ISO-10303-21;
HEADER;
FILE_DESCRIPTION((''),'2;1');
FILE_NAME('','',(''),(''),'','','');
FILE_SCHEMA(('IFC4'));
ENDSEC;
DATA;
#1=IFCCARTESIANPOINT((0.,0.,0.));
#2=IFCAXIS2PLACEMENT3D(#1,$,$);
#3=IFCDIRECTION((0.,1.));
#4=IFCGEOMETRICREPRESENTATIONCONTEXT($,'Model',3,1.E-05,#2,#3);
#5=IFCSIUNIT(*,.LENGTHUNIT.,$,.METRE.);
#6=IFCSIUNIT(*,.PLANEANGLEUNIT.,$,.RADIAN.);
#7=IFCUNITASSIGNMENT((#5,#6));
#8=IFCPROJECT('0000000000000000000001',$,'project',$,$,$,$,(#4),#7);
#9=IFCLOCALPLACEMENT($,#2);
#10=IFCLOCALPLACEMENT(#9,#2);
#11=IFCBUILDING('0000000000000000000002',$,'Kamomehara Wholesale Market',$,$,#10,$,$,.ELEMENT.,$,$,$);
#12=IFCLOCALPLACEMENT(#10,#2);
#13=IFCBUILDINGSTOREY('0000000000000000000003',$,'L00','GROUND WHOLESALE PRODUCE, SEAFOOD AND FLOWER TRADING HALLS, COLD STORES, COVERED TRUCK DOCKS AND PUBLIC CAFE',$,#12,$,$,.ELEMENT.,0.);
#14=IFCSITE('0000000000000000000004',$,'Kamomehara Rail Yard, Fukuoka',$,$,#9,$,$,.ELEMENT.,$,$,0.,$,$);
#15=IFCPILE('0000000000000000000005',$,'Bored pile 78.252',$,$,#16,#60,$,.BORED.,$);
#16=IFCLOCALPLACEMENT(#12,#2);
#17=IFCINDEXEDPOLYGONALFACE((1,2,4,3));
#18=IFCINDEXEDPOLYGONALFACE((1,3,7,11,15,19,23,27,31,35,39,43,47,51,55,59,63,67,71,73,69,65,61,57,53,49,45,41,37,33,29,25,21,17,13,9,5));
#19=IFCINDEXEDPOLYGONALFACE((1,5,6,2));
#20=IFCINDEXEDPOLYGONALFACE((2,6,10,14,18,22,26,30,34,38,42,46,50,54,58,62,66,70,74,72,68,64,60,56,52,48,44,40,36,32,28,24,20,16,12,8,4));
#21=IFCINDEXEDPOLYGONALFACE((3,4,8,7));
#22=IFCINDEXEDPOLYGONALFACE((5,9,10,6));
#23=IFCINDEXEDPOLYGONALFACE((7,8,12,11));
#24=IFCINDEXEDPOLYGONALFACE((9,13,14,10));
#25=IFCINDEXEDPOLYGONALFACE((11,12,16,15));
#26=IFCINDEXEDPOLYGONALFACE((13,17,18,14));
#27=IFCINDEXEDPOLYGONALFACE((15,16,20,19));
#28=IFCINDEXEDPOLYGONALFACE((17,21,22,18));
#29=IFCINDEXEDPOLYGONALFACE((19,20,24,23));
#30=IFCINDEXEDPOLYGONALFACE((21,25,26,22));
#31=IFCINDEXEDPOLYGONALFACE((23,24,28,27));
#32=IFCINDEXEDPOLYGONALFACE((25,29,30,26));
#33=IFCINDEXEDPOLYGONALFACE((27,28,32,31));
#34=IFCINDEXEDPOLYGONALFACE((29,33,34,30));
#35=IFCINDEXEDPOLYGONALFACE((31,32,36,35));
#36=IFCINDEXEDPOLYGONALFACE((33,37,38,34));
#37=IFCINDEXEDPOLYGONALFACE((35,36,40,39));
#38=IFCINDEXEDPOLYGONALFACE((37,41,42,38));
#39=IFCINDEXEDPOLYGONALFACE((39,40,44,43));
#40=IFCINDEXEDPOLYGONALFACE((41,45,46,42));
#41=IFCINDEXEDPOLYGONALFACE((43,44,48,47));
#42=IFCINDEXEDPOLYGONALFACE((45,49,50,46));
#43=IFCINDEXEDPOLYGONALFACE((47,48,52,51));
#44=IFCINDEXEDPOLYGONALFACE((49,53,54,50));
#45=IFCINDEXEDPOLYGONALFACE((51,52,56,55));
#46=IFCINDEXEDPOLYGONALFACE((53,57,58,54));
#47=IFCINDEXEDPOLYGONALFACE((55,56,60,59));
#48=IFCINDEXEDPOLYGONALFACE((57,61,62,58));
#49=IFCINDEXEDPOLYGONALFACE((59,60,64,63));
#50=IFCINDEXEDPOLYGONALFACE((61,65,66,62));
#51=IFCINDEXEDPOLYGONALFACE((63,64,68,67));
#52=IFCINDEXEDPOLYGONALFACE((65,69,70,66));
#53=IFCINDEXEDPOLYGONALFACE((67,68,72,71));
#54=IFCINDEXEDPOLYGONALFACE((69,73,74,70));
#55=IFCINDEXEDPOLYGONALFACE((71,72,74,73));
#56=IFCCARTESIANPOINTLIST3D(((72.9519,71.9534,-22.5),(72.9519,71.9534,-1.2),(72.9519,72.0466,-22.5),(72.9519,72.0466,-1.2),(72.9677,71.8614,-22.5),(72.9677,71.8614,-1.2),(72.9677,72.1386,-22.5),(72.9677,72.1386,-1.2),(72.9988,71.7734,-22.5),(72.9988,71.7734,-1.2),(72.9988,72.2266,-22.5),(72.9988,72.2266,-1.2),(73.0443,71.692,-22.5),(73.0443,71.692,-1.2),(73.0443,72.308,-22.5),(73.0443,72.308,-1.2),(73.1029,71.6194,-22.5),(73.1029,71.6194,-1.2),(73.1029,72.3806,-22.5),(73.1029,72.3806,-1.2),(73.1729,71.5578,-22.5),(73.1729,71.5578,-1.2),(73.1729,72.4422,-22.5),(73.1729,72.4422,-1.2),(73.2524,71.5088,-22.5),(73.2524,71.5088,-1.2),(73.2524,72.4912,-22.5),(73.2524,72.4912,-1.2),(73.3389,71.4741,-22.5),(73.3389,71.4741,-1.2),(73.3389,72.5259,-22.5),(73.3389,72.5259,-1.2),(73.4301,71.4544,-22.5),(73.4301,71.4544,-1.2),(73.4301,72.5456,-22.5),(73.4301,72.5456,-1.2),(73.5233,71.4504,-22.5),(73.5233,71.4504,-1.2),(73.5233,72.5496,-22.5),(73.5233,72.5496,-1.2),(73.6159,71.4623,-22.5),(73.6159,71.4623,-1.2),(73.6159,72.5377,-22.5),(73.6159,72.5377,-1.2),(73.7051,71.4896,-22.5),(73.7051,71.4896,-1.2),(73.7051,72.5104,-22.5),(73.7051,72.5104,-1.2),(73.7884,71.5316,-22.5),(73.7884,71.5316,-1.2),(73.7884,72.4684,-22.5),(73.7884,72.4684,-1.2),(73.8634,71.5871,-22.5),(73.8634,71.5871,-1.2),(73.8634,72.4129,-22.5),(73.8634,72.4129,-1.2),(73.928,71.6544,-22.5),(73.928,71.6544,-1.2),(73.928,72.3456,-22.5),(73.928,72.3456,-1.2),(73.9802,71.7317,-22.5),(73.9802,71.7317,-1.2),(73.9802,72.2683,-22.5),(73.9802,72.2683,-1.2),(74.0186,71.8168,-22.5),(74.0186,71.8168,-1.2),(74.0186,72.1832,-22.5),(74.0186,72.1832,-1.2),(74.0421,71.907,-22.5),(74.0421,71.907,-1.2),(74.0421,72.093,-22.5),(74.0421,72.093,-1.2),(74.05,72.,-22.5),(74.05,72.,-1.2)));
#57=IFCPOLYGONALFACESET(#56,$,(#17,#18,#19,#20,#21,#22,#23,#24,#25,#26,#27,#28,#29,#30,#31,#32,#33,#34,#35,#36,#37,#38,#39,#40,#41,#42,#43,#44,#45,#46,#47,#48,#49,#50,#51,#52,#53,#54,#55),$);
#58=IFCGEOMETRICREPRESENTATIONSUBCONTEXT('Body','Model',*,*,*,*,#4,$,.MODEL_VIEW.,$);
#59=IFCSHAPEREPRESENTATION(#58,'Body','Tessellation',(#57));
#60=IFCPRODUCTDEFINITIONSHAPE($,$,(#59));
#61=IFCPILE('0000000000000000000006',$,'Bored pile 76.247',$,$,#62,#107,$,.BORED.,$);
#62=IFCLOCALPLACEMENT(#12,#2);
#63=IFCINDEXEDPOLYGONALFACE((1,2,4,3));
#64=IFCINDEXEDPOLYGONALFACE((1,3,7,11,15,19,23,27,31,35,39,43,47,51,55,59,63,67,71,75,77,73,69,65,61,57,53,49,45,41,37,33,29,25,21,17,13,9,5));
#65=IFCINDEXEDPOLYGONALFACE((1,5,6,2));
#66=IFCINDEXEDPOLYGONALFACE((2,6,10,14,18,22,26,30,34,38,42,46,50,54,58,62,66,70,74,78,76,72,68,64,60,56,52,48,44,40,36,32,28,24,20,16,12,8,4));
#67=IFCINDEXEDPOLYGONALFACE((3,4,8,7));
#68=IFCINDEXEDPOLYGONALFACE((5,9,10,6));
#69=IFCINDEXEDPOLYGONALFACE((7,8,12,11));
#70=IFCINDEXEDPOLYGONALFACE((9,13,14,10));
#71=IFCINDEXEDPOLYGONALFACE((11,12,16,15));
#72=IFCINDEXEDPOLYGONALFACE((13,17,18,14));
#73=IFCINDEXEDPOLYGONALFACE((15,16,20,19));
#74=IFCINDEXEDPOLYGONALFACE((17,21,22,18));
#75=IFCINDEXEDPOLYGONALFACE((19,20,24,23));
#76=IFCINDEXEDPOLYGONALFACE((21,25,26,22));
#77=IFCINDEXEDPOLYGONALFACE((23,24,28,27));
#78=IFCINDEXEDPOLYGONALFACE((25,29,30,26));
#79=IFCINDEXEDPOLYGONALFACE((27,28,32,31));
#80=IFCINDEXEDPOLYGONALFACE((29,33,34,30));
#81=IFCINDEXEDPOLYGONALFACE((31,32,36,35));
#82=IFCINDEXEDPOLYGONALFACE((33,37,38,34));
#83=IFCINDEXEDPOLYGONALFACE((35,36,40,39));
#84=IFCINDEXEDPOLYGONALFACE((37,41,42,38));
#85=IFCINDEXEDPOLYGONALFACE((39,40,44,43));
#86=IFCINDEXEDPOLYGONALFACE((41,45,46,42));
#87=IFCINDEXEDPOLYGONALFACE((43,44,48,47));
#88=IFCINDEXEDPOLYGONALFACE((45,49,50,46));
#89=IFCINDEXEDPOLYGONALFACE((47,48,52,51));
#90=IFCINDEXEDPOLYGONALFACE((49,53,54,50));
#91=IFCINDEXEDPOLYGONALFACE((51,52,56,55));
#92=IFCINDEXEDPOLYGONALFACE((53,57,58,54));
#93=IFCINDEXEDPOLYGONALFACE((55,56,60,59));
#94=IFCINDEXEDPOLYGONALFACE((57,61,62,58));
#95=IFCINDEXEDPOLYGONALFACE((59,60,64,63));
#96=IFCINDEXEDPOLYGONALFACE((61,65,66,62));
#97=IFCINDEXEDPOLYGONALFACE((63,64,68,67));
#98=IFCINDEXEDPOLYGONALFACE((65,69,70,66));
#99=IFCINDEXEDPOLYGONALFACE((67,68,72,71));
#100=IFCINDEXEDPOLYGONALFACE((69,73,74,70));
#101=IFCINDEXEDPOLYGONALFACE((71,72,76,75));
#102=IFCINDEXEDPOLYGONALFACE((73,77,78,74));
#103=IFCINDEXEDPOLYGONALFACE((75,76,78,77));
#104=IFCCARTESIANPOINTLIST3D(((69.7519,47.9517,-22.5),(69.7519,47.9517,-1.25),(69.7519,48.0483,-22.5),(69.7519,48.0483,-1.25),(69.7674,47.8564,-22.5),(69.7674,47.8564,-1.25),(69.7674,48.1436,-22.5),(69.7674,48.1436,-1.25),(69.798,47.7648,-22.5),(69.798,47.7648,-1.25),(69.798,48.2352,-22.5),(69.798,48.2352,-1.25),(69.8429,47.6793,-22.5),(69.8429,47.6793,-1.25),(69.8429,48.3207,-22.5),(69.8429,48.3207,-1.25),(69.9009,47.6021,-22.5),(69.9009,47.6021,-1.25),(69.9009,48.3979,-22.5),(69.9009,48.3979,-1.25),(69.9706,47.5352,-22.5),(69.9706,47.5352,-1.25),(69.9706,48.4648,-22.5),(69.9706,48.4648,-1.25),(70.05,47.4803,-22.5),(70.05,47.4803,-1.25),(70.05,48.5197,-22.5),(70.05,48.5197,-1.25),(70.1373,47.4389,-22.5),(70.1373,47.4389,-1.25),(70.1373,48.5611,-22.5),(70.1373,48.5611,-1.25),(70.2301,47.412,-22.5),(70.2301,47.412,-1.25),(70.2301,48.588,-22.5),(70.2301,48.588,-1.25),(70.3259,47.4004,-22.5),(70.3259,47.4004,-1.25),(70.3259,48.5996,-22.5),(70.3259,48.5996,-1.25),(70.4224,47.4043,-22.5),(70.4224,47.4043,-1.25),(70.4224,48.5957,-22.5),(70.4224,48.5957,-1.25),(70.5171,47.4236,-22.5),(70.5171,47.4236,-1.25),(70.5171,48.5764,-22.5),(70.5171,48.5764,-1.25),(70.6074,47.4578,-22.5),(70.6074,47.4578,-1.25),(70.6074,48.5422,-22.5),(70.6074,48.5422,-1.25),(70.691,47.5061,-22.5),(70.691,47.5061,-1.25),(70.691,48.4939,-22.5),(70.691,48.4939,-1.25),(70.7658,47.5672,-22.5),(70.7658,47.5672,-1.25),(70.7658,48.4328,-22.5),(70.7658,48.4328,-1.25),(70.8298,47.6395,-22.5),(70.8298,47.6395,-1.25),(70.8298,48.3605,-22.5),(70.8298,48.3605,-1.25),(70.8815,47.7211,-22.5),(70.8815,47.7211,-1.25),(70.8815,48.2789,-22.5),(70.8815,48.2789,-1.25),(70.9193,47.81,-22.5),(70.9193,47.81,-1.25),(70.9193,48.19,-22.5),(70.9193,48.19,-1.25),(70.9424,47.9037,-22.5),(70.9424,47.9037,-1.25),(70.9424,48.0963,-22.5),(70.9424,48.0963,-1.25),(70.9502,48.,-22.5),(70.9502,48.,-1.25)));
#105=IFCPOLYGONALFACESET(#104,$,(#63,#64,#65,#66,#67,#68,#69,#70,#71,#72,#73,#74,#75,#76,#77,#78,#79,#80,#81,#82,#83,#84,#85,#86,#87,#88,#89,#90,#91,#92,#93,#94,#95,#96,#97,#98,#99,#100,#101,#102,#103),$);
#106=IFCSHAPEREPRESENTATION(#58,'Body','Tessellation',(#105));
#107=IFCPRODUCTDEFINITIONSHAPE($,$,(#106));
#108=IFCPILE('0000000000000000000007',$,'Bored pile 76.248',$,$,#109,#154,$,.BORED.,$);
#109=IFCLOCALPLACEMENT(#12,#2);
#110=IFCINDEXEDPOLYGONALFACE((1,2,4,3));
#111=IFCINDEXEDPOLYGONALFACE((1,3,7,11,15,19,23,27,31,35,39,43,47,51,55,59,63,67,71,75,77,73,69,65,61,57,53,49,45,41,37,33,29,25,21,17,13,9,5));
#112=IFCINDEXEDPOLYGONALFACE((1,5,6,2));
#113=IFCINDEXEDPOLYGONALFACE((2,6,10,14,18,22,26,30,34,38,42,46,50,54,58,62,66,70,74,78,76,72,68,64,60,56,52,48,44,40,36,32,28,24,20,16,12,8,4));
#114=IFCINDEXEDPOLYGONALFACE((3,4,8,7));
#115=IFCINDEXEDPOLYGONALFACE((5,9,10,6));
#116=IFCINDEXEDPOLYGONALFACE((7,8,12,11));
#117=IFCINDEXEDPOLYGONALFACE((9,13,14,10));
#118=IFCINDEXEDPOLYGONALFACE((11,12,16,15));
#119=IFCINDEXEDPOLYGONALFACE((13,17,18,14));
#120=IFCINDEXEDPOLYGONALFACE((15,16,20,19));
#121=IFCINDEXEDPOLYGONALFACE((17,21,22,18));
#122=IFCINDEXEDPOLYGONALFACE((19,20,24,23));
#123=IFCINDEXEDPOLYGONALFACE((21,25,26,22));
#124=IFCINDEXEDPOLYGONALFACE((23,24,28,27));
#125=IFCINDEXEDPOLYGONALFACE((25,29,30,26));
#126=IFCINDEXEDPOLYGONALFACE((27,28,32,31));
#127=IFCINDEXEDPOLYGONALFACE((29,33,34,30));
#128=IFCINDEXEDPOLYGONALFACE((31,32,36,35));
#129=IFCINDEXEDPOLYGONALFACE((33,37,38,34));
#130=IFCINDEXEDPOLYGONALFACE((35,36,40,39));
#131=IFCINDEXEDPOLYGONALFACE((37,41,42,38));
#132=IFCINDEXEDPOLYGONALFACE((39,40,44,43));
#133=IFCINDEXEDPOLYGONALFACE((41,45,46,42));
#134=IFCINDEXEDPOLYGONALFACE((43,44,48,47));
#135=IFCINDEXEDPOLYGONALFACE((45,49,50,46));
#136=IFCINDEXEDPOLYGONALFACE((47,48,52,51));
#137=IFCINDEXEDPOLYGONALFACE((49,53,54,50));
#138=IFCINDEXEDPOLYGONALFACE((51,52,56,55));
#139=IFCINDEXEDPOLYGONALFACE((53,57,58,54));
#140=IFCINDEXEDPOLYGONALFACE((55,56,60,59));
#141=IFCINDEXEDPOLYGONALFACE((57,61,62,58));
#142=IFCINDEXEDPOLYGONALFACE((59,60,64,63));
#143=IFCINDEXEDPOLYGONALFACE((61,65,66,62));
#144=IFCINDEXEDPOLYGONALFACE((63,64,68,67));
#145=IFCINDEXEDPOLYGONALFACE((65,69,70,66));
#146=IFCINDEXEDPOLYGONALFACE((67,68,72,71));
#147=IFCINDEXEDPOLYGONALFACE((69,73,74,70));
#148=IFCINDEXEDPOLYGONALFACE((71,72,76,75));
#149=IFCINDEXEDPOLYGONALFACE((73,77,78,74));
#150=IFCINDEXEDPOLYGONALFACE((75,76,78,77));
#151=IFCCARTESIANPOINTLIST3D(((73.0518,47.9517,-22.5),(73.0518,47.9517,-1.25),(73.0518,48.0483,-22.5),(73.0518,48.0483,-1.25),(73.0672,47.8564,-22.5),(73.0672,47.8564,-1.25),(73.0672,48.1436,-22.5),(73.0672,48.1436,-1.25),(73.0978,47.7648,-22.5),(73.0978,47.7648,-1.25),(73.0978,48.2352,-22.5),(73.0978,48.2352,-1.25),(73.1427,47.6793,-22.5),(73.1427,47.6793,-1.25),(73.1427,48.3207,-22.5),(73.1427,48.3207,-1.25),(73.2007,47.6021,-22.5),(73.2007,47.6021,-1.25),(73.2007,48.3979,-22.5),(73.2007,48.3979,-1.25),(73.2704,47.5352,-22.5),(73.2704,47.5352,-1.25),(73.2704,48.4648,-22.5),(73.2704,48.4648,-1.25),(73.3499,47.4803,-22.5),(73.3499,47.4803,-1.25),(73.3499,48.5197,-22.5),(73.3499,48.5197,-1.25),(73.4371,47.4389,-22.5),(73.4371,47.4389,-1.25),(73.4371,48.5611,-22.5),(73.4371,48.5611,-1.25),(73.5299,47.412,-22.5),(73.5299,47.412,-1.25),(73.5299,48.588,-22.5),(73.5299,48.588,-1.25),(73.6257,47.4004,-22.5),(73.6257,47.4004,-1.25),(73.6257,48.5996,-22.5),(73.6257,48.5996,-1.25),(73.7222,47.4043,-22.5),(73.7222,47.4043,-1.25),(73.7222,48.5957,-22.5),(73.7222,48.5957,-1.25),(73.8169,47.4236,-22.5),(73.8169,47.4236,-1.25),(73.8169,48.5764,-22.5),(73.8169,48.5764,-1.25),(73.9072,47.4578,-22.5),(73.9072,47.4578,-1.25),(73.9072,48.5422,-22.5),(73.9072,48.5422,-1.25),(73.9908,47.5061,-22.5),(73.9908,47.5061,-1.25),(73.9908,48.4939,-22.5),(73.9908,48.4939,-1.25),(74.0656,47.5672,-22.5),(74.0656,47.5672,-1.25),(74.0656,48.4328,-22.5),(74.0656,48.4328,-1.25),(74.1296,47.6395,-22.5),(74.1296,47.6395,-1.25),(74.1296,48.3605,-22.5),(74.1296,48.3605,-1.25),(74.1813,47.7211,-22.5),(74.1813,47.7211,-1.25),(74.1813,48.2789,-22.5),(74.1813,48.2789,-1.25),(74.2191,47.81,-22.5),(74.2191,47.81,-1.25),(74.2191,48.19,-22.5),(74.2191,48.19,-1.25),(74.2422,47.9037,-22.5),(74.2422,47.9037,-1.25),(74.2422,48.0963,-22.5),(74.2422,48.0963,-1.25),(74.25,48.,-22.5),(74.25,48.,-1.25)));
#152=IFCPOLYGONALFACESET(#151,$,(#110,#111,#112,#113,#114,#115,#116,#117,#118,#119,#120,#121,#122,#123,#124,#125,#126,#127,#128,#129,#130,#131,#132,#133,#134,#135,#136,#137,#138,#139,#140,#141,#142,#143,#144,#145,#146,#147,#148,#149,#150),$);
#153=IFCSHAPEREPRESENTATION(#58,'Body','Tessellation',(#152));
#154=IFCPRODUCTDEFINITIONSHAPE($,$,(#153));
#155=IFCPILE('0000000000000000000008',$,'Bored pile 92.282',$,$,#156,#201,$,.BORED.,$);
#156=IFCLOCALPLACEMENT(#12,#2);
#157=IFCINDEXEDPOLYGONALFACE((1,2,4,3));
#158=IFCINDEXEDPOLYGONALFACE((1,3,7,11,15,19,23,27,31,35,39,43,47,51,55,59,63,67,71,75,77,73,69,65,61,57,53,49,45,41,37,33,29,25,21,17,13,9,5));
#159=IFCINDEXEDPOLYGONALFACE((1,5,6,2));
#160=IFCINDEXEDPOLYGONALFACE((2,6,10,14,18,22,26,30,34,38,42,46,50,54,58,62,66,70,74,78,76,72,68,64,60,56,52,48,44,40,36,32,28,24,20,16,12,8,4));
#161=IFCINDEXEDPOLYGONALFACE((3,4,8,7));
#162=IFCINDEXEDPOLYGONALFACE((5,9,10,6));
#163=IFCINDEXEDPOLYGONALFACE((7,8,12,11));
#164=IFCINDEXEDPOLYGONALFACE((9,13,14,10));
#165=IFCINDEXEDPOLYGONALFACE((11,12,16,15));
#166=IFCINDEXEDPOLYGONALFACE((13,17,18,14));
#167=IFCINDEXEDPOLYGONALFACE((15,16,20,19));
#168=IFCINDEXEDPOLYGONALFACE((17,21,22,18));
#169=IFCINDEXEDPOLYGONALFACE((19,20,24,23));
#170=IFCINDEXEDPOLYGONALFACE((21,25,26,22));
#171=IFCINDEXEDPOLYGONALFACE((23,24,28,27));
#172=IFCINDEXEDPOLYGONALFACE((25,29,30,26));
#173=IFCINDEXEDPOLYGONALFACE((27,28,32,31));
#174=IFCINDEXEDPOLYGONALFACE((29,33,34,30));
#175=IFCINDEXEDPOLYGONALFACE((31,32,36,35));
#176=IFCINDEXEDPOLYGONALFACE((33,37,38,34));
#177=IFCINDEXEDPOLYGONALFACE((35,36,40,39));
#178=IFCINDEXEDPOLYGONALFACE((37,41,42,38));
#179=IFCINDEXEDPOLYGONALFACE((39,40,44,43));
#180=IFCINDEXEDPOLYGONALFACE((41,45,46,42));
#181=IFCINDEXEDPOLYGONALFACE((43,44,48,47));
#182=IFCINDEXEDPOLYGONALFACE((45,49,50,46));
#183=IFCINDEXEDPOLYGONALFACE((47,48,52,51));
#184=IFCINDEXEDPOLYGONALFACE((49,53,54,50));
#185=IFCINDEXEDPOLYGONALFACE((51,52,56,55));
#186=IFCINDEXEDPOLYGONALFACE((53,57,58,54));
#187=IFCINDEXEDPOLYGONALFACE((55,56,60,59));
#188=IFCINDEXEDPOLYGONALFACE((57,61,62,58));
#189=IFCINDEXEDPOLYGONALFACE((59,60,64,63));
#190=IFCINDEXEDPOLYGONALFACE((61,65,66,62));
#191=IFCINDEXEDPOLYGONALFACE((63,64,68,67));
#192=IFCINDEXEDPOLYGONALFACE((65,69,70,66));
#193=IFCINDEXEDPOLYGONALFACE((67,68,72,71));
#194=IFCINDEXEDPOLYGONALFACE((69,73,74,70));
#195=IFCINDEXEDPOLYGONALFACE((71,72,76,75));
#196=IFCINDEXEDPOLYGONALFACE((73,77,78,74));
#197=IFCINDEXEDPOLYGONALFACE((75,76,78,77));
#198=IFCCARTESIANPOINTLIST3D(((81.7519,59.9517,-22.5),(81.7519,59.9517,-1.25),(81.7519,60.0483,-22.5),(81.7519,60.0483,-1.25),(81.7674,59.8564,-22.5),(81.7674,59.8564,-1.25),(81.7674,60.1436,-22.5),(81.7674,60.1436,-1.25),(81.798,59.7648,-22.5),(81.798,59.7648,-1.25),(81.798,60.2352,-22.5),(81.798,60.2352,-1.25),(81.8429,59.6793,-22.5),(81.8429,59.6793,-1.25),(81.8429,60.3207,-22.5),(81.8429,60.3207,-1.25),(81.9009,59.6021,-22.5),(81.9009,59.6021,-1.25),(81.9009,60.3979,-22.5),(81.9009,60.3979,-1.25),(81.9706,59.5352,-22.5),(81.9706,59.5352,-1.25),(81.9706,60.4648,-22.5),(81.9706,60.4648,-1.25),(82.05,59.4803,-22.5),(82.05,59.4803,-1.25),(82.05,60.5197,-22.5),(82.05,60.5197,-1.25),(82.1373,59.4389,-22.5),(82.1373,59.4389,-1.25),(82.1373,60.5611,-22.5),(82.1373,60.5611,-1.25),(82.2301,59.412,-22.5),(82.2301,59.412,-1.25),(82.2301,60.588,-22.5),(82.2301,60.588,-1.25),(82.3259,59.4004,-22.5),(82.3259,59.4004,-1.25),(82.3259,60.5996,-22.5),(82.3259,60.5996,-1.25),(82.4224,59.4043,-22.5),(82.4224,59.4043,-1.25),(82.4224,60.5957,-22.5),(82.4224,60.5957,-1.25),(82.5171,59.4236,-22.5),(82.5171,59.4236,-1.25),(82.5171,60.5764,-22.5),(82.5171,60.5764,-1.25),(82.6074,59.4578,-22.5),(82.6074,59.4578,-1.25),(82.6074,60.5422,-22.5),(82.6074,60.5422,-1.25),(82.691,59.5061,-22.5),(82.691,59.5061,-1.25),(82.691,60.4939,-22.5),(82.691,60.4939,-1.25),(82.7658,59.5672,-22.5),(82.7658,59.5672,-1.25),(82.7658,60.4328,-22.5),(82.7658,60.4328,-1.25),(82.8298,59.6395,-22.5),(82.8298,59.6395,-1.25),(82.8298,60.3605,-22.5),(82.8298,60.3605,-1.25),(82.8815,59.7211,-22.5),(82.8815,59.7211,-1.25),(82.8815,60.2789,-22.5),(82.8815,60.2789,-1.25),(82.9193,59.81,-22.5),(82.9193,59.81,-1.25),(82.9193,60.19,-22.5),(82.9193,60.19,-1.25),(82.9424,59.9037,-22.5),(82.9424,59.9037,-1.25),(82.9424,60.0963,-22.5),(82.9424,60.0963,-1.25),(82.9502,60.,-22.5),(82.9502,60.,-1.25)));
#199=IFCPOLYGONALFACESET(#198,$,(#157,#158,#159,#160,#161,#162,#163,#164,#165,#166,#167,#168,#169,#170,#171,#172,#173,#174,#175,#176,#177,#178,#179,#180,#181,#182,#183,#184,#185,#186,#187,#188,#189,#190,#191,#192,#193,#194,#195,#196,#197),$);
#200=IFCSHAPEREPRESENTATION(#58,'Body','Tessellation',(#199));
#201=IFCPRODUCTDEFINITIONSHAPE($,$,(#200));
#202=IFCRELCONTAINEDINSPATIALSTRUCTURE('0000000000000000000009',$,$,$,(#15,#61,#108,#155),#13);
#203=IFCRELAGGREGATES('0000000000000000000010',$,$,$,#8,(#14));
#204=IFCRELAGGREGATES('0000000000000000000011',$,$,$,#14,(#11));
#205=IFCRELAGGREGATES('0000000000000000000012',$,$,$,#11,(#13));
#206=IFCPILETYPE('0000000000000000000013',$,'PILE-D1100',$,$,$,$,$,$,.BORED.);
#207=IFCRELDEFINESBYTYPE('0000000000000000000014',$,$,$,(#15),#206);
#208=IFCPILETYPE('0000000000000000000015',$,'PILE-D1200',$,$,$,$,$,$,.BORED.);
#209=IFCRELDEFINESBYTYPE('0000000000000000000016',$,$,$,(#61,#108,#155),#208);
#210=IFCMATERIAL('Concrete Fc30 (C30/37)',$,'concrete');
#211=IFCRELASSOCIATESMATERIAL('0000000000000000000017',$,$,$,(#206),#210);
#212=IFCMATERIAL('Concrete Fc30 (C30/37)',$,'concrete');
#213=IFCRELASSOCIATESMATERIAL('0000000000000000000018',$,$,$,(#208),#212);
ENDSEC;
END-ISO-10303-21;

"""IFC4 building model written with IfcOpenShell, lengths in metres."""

from ifc_helpers import new_model, si_unit, direction, frame, origin, origin_2d, place, context, subcontext, project, spatial, circle, extrude, material, material_profile, profile_set, type_object, element, save


model = new_model("IFC4")

# Units and contexts
model_context = context("Model", 3, precision=1e-05, world=origin(), true_north=direction((0.0, 1.0)))
body_context = subcontext(model_context, "Body", "Model", "MODEL_VIEW")
ifc_project = project(units=[si_unit("LENGTHUNIT", "METRE"), si_unit("PLANEANGLEUNIT", "RADIAN")], contexts=[model_context])

# Site, building, storey
site_placement = place(None, origin())
site = spatial("IfcSite", under=ifc_project, at=site_placement, Name="Kamomehara Rail Yard, Fukuoka", CompositionType="ELEMENT", RefElevation=0.0)
building_placement = place(site_placement, origin())
building = spatial("IfcBuilding", under=site, at=building_placement, Name="Kamomehara Wholesale Market", CompositionType="ELEMENT")
storey_placement = place(building_placement, origin())
storey = spatial("IfcBuildingStorey", under=building, at=storey_placement, Name="L00", Description="GROUND WHOLESALE PRODUCE, SEAFOOD AND FLOWER TRADING HALLS, COLD STORES, COVERED TRUCK DOCKS AND PUBLIC CAFE", CompositionType="ELEMENT", Elevation=0.0)

# Piles
ifc_material_1 = material(Name="Concrete Fc30 (C30/37)", Category="concrete")
ifc_material_profile_1 = material_profile(ifc_material_1, circle(Radius=0.55, at=origin_2d()), Name="RC-PILE-D1100")
ifc_profile_set_1 = profile_set([ifc_material_profile_1], Name="Concrete Fc30 (C30/37)")
pile_type_1 = type_object("IfcPileType", Name="PILE-D1100", PredefinedType="BORED", material=ifc_profile_set_1)
for number, where, z_axis, x_axis, name in (
    (1, (73.5, 72.0, -1.2), (0.0, 0.0, -1.0), (1.0, 0.0, 0.0), "Bored pile 78.252"),
):
    element("IfcPile", number, at=place(storey_placement, frame(where, z_axis=z_axis, x_axis=x_axis)), inside=storey, type_object=pile_type_1, Name=name, PredefinedType="BORED", context=body_context, shape_type="SweptSolid", body=[
        extrude(circle(Radius=0.55, at=origin_2d()), origin(), (0.0, 0.0, 1.0), 21.3),
    ])
ifc_material_2 = material(Name="Concrete Fc30 (C30/37)", Category="concrete")
ifc_material_profile_2 = material_profile(ifc_material_2, circle(Radius=0.6001, at=origin_2d()), Name="RC-PILE-D1200")
ifc_profile_set_2 = profile_set([ifc_material_profile_2], Name="Concrete Fc30 (C30/37)")
pile_type_2 = type_object("IfcPileType", Name="PILE-D1200", PredefinedType="BORED", material=ifc_profile_set_2)
for number, where, z_axis, x_axis, name in (
    (2, (70.3501, 48.0, -1.25), (0.0, 0.0, -1.0), (1.0, 0.0, 0.0), "Bored pile 76.247"),
    (3, (73.6499, 48.0, -1.25), (0.0, 0.0, -1.0), (1.0, 0.0, 0.0), "Bored pile 76.248"),
    (4, (82.3501, 60.0, -1.25), (0.0, 0.0, -1.0), (1.0, 0.0, 0.0), "Bored pile 92.282"),
):
    element("IfcPile", number, at=place(storey_placement, frame(where, z_axis=z_axis, x_axis=x_axis)), inside=storey, type_object=pile_type_2, Name=name, PredefinedType="BORED", context=body_context, shape_type="SweptSolid", body=[
        extrude(circle(Radius=0.6001, at=origin_2d()), origin(), (0.0, 0.0, 1.0), 21.25),
    ])

save(model, "model.ifc")
